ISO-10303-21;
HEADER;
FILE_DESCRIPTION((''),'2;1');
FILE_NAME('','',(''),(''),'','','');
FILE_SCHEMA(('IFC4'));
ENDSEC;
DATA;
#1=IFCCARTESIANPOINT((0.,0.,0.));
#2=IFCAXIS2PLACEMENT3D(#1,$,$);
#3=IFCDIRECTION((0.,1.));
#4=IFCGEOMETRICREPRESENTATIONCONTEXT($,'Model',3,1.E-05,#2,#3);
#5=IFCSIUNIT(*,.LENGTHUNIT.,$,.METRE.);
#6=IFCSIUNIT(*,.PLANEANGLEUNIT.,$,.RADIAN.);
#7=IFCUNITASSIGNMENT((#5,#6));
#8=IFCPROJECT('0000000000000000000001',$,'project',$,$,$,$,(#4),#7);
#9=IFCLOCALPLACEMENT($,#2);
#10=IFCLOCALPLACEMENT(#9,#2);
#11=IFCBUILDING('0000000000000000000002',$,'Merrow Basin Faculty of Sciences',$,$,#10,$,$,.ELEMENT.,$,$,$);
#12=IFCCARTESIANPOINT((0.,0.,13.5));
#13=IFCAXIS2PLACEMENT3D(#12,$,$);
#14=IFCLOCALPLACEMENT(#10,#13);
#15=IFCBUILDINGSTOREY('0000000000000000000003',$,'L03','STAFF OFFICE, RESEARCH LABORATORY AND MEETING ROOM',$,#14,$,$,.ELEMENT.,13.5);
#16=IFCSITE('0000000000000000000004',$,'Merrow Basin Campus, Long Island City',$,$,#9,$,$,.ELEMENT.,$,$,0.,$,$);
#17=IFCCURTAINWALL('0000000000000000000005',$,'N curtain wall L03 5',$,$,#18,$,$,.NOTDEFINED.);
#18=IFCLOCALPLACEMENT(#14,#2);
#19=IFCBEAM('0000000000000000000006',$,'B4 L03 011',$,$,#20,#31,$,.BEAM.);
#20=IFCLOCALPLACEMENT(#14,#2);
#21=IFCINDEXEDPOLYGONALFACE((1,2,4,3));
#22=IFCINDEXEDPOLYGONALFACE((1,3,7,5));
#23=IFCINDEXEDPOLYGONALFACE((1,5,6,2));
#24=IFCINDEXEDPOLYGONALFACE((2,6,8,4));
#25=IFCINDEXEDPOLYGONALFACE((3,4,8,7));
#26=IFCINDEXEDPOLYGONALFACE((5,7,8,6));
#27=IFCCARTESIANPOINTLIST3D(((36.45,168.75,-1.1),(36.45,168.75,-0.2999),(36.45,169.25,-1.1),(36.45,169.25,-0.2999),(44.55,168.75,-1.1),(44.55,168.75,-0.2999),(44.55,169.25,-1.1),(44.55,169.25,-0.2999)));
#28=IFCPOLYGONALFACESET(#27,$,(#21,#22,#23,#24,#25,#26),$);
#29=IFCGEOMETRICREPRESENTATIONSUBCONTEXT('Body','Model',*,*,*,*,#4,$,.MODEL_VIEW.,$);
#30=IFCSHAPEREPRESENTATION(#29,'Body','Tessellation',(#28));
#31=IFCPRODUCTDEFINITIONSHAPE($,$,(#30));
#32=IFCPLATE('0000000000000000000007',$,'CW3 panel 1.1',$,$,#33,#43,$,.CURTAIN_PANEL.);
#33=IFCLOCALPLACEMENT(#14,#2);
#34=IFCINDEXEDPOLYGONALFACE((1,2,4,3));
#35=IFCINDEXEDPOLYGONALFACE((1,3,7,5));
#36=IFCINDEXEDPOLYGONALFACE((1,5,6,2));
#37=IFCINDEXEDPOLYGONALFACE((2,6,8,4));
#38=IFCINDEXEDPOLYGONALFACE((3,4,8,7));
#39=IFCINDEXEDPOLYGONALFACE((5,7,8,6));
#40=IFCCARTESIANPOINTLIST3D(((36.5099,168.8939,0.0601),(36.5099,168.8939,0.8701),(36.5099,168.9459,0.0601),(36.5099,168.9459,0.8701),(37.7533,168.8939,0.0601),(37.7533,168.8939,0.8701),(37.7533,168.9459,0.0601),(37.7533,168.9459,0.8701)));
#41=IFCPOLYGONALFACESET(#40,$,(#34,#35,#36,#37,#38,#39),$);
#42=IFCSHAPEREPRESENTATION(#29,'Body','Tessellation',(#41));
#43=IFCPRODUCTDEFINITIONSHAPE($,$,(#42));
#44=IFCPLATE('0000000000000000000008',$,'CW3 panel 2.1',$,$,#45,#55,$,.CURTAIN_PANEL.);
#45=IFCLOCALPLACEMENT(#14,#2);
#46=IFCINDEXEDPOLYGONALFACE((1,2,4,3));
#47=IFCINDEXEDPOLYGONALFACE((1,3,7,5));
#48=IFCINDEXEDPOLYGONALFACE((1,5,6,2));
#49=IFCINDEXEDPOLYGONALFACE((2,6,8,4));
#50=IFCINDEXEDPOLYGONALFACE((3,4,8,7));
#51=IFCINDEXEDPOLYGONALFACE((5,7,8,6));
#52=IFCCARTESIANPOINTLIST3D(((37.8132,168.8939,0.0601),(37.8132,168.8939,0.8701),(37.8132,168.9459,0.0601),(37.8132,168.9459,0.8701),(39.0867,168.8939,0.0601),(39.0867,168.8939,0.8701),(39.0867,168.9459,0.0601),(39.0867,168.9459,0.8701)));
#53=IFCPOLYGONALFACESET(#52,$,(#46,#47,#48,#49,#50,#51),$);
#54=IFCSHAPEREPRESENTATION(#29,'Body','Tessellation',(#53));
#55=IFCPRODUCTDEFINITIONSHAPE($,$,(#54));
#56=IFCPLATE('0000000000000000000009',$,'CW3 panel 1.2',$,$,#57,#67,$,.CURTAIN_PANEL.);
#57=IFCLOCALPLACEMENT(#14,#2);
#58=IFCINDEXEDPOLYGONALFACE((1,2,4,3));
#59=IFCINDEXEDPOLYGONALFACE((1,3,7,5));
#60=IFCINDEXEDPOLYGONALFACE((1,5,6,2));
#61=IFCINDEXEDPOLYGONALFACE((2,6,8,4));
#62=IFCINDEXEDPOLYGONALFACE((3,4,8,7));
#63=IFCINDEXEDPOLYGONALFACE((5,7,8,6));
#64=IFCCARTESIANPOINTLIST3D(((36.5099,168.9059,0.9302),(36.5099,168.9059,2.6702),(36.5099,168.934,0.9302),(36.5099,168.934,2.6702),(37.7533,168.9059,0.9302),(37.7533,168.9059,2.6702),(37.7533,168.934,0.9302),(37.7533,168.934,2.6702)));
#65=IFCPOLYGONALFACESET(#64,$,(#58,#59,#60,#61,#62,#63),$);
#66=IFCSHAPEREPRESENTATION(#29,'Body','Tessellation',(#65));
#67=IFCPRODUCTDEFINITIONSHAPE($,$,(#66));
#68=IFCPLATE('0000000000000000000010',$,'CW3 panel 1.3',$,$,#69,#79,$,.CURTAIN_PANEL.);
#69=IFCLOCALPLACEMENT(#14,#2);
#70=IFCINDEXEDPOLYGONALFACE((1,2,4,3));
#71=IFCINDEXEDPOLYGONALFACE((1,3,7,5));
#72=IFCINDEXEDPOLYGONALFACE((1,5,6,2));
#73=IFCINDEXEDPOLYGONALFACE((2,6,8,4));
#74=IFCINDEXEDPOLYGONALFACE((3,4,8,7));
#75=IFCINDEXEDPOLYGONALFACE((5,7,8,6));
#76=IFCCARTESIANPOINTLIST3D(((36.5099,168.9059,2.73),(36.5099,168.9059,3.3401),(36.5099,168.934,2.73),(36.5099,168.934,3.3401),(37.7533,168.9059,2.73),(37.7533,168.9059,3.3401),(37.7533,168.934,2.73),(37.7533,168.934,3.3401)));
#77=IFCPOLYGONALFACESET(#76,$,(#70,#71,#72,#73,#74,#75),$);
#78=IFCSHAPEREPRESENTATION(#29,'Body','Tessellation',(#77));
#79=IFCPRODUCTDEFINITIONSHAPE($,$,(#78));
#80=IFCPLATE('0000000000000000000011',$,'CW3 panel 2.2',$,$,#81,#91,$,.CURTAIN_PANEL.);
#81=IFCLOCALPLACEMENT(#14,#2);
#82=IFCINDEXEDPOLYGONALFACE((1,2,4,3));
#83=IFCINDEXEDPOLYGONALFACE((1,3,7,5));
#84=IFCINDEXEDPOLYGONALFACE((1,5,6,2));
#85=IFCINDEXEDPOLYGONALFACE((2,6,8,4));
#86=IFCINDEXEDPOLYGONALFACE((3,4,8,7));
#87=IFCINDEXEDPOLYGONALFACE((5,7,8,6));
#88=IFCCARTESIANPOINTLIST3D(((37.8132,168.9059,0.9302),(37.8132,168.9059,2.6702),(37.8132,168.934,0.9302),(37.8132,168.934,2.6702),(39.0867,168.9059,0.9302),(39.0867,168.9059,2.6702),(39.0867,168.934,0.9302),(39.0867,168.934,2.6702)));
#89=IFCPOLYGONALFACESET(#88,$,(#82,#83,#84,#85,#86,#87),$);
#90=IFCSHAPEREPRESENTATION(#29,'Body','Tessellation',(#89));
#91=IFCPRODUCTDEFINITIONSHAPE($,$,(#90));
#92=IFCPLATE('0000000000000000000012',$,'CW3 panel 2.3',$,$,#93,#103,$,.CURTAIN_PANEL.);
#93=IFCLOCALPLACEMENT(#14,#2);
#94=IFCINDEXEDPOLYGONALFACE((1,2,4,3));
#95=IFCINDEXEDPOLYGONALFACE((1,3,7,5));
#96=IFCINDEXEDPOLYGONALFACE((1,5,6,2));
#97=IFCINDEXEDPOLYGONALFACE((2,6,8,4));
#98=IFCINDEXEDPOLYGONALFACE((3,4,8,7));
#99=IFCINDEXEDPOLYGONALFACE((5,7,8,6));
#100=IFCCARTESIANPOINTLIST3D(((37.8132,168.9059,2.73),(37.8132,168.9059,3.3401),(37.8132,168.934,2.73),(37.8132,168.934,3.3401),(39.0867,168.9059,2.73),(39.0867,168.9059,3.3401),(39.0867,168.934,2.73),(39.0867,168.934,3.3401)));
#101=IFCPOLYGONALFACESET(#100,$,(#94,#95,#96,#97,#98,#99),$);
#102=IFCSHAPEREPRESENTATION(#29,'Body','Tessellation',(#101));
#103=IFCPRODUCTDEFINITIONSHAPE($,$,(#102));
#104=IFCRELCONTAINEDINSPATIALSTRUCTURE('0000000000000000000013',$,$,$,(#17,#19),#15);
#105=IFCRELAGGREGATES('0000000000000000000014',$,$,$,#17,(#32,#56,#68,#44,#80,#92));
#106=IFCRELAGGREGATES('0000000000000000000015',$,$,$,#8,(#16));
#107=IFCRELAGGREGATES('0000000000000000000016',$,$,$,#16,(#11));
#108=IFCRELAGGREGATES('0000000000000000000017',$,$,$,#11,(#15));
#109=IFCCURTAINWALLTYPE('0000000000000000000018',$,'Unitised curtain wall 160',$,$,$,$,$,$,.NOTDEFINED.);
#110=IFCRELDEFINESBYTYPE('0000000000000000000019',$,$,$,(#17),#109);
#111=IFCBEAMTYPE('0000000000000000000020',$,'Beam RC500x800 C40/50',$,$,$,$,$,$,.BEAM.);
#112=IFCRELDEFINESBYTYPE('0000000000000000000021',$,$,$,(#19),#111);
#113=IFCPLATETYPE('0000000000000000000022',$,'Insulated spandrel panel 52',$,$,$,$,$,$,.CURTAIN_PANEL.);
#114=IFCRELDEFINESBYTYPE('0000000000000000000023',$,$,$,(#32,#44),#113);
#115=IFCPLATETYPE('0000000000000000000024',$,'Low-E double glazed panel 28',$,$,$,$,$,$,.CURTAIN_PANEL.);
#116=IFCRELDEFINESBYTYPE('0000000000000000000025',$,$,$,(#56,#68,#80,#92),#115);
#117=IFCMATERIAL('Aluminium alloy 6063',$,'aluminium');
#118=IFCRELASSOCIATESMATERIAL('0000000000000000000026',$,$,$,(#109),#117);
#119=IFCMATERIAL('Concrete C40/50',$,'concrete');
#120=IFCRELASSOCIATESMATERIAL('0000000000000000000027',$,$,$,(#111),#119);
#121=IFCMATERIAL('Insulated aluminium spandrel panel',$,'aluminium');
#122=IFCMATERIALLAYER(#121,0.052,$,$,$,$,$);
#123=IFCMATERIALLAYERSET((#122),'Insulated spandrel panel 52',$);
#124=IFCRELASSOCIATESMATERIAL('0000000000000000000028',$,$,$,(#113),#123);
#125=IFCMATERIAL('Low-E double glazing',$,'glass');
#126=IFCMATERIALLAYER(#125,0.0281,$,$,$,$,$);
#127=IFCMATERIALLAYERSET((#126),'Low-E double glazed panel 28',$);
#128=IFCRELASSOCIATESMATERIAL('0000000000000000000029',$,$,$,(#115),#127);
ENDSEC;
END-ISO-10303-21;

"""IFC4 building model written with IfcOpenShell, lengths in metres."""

from ifc_helpers import new_model, si_unit, direction, frame, origin, origin_2d, place, context, subcontext, project, spatial, rectangle, extrude, material, layer, layer_set, material_profile, profile_set, type_object, element, aggregate, save


model = new_model("IFC4")

# Units and contexts
model_context = context("Model", 3, precision=1e-05, world=origin(), true_north=direction((0.0, 1.0)))
body_context = subcontext(model_context, "Body", "Model", "MODEL_VIEW")
ifc_project = project(units=[si_unit("LENGTHUNIT", "METRE"), si_unit("PLANEANGLEUNIT", "RADIAN")], contexts=[model_context])

# Site, building, storey
site_placement = place(None, origin())
site = spatial("IfcSite", under=ifc_project, at=site_placement, Name="Merrow Basin Campus, Long Island City", CompositionType="ELEMENT", RefElevation=0.0)
building_placement = place(site_placement, origin())
building = spatial("IfcBuilding", under=site, at=building_placement, Name="Merrow Basin Faculty of Sciences", CompositionType="ELEMENT")
storey_placement = place(building_placement, frame((0.0, 0.0, 13.5)))
storey = spatial("IfcBuildingStorey", under=building, at=storey_placement, Name="L03", Description="STAFF OFFICE, RESEARCH LABORATORY AND MEETING ROOM", CompositionType="ELEMENT", Elevation=13.5)

# Curtain wall
ifc_material_1 = material(Name="Aluminium alloy 6063", Category="aluminium")
curtain_wall_type = type_object("IfcCurtainWallType", Name="Unitised curtain wall 160", PredefinedType="NOTDEFINED", material=ifc_material_1)
curtain_wall_placement = place(storey_placement, origin())
curtain_wall = element("IfcCurtainWall", 1, at=curtain_wall_placement, inside=storey, type_object=curtain_wall_type, Name="N curtain wall L03 5", PredefinedType="NOTDEFINED")

# Beam
ifc_material_2 = material(Name="Concrete C40/50", Category="concrete")
ifc_material_profile_1 = material_profile(ifc_material_2, rectangle(XDim=0.5, YDim=0.8, at=origin_2d()))
ifc_profile_set_1 = profile_set([ifc_material_profile_1], Name="Concrete C40/50")
beam_type = type_object("IfcBeamType", Name="Beam RC500x800 C40/50", PredefinedType="BEAM", material=ifc_profile_set_1)
beam_placement = place(storey_placement, frame((36.45, 169.0, -0.7), z_axis=(1.0, 0.0, 0.0), x_axis=(0.0, 1.0, 0.0)))
element("IfcBeam", 2, at=beam_placement, inside=storey, type_object=beam_type, Name="B4 L03 011", PredefinedType="BEAM", context=body_context, shape_type="SweptSolid", body=[
    extrude(rectangle(XDim=0.5, YDim=0.8, at=origin_2d()), origin(), (0.0, 0.0, 1.0), 8.1001),
])

# Plates
ifc_material_3 = material(Name="Insulated aluminium spandrel panel", Category="aluminium")
ifc_layer_1 = layer(ifc_material_3, 0.052)
ifc_layer_set_1 = layer_set([ifc_layer_1], Name="Insulated spandrel panel 52")
plate_type_1 = type_object("IfcPlateType", Name="Insulated spandrel panel 52", PredefinedType="CURTAIN_PANEL", material=ifc_layer_set_1)
plate_1_placement = place(storey_placement, frame((37.1316, 168.9199, 0.0601), z_axis=(0.0, 0.0, 1.0), x_axis=(1.0, 0.0, 0.0)))
plate_1 = element("IfcPlate", 3, at=plate_1_placement, type_object=plate_type_1, Name="CW3 panel 1.1", PredefinedType="CURTAIN_PANEL", context=body_context, shape_type="SweptSolid", body=[
    extrude(rectangle(XDim=1.2434, YDim=0.052, at=origin_2d()), origin(), (0.0, 0.0, 1.0), 0.8101),
])
plate_2_placement = place(storey_placement, frame((38.45, 168.9199, 0.0601), z_axis=(0.0, 0.0, 1.0), x_axis=(1.0, 0.0, 0.0)))
plate_2 = element("IfcPlate", 4, at=plate_2_placement, type_object=plate_type_1, Name="CW3 panel 2.1", PredefinedType="CURTAIN_PANEL", context=body_context, shape_type="SweptSolid", body=[
    extrude(rectangle(XDim=1.2734, YDim=0.052, at=origin_2d()), origin(), (0.0, 0.0, 1.0), 0.8101),
])
ifc_material_4 = material(Name="Low-E double glazing", Category="glass")
ifc_layer_2 = layer(ifc_material_4, 0.0281)
ifc_layer_set_2 = layer_set([ifc_layer_2], Name="Low-E double glazed panel 28")
plate_type_2 = type_object("IfcPlateType", Name="Low-E double glazed panel 28", PredefinedType="CURTAIN_PANEL", material=ifc_layer_set_2)
plate_3_placement = place(storey_placement, frame((37.1316, 168.9199, 0.9302), z_axis=(0.0, 0.0, 1.0), x_axis=(1.0, 0.0, 0.0)))
plate_3 = element("IfcPlate", 5, at=plate_3_placement, type_object=plate_type_2, Name="CW3 panel 1.2", PredefinedType="CURTAIN_PANEL", context=body_context, shape_type="SweptSolid", body=[
    extrude(rectangle(XDim=1.2434, YDim=0.0281, at=origin_2d()), origin(), (0.0, 0.0, 1.0), 1.74),
])
plate_4_placement = place(storey_placement, frame((37.1316, 168.9199, 2.73), z_axis=(0.0, 0.0, 1.0), x_axis=(1.0, 0.0, 0.0)))
plate_4 = element("IfcPlate", 6, at=plate_4_placement, type_object=plate_type_2, Name="CW3 panel 1.3", PredefinedType="CURTAIN_PANEL", context=body_context, shape_type="SweptSolid", body=[
    extrude(rectangle(XDim=1.2434, YDim=0.0281, at=origin_2d()), origin(), (0.0, 0.0, 1.0), 0.6101),
])
plate_5_placement = place(storey_placement, frame((38.45, 168.9199, 0.9302), z_axis=(0.0, 0.0, 1.0), x_axis=(1.0, 0.0, 0.0)))
plate_5 = element("IfcPlate", 7, at=plate_5_placement, type_object=plate_type_2, Name="CW3 panel 2.2", PredefinedType="CURTAIN_PANEL", context=body_context, shape_type="SweptSolid", body=[
    extrude(rectangle(XDim=1.2734, YDim=0.0281, at=origin_2d()), origin(), (0.0, 0.0, 1.0), 1.74),
])
plate_6_placement = place(storey_placement, frame((38.45, 168.9199, 2.73), z_axis=(0.0, 0.0, 1.0), x_axis=(1.0, 0.0, 0.0)))
plate_6 = element("IfcPlate", 8, at=plate_6_placement, type_object=plate_type_2, Name="CW3 panel 2.3", PredefinedType="CURTAIN_PANEL", context=body_context, shape_type="SweptSolid", body=[
    extrude(rectangle(XDim=1.2734, YDim=0.0281, at=origin_2d()), origin(), (0.0, 0.0, 1.0), 0.6101),
])
aggregate(curtain_wall, [plate_1, plate_3, plate_4, plate_2, plate_5, plate_6])

save(model, "model.ifc")
